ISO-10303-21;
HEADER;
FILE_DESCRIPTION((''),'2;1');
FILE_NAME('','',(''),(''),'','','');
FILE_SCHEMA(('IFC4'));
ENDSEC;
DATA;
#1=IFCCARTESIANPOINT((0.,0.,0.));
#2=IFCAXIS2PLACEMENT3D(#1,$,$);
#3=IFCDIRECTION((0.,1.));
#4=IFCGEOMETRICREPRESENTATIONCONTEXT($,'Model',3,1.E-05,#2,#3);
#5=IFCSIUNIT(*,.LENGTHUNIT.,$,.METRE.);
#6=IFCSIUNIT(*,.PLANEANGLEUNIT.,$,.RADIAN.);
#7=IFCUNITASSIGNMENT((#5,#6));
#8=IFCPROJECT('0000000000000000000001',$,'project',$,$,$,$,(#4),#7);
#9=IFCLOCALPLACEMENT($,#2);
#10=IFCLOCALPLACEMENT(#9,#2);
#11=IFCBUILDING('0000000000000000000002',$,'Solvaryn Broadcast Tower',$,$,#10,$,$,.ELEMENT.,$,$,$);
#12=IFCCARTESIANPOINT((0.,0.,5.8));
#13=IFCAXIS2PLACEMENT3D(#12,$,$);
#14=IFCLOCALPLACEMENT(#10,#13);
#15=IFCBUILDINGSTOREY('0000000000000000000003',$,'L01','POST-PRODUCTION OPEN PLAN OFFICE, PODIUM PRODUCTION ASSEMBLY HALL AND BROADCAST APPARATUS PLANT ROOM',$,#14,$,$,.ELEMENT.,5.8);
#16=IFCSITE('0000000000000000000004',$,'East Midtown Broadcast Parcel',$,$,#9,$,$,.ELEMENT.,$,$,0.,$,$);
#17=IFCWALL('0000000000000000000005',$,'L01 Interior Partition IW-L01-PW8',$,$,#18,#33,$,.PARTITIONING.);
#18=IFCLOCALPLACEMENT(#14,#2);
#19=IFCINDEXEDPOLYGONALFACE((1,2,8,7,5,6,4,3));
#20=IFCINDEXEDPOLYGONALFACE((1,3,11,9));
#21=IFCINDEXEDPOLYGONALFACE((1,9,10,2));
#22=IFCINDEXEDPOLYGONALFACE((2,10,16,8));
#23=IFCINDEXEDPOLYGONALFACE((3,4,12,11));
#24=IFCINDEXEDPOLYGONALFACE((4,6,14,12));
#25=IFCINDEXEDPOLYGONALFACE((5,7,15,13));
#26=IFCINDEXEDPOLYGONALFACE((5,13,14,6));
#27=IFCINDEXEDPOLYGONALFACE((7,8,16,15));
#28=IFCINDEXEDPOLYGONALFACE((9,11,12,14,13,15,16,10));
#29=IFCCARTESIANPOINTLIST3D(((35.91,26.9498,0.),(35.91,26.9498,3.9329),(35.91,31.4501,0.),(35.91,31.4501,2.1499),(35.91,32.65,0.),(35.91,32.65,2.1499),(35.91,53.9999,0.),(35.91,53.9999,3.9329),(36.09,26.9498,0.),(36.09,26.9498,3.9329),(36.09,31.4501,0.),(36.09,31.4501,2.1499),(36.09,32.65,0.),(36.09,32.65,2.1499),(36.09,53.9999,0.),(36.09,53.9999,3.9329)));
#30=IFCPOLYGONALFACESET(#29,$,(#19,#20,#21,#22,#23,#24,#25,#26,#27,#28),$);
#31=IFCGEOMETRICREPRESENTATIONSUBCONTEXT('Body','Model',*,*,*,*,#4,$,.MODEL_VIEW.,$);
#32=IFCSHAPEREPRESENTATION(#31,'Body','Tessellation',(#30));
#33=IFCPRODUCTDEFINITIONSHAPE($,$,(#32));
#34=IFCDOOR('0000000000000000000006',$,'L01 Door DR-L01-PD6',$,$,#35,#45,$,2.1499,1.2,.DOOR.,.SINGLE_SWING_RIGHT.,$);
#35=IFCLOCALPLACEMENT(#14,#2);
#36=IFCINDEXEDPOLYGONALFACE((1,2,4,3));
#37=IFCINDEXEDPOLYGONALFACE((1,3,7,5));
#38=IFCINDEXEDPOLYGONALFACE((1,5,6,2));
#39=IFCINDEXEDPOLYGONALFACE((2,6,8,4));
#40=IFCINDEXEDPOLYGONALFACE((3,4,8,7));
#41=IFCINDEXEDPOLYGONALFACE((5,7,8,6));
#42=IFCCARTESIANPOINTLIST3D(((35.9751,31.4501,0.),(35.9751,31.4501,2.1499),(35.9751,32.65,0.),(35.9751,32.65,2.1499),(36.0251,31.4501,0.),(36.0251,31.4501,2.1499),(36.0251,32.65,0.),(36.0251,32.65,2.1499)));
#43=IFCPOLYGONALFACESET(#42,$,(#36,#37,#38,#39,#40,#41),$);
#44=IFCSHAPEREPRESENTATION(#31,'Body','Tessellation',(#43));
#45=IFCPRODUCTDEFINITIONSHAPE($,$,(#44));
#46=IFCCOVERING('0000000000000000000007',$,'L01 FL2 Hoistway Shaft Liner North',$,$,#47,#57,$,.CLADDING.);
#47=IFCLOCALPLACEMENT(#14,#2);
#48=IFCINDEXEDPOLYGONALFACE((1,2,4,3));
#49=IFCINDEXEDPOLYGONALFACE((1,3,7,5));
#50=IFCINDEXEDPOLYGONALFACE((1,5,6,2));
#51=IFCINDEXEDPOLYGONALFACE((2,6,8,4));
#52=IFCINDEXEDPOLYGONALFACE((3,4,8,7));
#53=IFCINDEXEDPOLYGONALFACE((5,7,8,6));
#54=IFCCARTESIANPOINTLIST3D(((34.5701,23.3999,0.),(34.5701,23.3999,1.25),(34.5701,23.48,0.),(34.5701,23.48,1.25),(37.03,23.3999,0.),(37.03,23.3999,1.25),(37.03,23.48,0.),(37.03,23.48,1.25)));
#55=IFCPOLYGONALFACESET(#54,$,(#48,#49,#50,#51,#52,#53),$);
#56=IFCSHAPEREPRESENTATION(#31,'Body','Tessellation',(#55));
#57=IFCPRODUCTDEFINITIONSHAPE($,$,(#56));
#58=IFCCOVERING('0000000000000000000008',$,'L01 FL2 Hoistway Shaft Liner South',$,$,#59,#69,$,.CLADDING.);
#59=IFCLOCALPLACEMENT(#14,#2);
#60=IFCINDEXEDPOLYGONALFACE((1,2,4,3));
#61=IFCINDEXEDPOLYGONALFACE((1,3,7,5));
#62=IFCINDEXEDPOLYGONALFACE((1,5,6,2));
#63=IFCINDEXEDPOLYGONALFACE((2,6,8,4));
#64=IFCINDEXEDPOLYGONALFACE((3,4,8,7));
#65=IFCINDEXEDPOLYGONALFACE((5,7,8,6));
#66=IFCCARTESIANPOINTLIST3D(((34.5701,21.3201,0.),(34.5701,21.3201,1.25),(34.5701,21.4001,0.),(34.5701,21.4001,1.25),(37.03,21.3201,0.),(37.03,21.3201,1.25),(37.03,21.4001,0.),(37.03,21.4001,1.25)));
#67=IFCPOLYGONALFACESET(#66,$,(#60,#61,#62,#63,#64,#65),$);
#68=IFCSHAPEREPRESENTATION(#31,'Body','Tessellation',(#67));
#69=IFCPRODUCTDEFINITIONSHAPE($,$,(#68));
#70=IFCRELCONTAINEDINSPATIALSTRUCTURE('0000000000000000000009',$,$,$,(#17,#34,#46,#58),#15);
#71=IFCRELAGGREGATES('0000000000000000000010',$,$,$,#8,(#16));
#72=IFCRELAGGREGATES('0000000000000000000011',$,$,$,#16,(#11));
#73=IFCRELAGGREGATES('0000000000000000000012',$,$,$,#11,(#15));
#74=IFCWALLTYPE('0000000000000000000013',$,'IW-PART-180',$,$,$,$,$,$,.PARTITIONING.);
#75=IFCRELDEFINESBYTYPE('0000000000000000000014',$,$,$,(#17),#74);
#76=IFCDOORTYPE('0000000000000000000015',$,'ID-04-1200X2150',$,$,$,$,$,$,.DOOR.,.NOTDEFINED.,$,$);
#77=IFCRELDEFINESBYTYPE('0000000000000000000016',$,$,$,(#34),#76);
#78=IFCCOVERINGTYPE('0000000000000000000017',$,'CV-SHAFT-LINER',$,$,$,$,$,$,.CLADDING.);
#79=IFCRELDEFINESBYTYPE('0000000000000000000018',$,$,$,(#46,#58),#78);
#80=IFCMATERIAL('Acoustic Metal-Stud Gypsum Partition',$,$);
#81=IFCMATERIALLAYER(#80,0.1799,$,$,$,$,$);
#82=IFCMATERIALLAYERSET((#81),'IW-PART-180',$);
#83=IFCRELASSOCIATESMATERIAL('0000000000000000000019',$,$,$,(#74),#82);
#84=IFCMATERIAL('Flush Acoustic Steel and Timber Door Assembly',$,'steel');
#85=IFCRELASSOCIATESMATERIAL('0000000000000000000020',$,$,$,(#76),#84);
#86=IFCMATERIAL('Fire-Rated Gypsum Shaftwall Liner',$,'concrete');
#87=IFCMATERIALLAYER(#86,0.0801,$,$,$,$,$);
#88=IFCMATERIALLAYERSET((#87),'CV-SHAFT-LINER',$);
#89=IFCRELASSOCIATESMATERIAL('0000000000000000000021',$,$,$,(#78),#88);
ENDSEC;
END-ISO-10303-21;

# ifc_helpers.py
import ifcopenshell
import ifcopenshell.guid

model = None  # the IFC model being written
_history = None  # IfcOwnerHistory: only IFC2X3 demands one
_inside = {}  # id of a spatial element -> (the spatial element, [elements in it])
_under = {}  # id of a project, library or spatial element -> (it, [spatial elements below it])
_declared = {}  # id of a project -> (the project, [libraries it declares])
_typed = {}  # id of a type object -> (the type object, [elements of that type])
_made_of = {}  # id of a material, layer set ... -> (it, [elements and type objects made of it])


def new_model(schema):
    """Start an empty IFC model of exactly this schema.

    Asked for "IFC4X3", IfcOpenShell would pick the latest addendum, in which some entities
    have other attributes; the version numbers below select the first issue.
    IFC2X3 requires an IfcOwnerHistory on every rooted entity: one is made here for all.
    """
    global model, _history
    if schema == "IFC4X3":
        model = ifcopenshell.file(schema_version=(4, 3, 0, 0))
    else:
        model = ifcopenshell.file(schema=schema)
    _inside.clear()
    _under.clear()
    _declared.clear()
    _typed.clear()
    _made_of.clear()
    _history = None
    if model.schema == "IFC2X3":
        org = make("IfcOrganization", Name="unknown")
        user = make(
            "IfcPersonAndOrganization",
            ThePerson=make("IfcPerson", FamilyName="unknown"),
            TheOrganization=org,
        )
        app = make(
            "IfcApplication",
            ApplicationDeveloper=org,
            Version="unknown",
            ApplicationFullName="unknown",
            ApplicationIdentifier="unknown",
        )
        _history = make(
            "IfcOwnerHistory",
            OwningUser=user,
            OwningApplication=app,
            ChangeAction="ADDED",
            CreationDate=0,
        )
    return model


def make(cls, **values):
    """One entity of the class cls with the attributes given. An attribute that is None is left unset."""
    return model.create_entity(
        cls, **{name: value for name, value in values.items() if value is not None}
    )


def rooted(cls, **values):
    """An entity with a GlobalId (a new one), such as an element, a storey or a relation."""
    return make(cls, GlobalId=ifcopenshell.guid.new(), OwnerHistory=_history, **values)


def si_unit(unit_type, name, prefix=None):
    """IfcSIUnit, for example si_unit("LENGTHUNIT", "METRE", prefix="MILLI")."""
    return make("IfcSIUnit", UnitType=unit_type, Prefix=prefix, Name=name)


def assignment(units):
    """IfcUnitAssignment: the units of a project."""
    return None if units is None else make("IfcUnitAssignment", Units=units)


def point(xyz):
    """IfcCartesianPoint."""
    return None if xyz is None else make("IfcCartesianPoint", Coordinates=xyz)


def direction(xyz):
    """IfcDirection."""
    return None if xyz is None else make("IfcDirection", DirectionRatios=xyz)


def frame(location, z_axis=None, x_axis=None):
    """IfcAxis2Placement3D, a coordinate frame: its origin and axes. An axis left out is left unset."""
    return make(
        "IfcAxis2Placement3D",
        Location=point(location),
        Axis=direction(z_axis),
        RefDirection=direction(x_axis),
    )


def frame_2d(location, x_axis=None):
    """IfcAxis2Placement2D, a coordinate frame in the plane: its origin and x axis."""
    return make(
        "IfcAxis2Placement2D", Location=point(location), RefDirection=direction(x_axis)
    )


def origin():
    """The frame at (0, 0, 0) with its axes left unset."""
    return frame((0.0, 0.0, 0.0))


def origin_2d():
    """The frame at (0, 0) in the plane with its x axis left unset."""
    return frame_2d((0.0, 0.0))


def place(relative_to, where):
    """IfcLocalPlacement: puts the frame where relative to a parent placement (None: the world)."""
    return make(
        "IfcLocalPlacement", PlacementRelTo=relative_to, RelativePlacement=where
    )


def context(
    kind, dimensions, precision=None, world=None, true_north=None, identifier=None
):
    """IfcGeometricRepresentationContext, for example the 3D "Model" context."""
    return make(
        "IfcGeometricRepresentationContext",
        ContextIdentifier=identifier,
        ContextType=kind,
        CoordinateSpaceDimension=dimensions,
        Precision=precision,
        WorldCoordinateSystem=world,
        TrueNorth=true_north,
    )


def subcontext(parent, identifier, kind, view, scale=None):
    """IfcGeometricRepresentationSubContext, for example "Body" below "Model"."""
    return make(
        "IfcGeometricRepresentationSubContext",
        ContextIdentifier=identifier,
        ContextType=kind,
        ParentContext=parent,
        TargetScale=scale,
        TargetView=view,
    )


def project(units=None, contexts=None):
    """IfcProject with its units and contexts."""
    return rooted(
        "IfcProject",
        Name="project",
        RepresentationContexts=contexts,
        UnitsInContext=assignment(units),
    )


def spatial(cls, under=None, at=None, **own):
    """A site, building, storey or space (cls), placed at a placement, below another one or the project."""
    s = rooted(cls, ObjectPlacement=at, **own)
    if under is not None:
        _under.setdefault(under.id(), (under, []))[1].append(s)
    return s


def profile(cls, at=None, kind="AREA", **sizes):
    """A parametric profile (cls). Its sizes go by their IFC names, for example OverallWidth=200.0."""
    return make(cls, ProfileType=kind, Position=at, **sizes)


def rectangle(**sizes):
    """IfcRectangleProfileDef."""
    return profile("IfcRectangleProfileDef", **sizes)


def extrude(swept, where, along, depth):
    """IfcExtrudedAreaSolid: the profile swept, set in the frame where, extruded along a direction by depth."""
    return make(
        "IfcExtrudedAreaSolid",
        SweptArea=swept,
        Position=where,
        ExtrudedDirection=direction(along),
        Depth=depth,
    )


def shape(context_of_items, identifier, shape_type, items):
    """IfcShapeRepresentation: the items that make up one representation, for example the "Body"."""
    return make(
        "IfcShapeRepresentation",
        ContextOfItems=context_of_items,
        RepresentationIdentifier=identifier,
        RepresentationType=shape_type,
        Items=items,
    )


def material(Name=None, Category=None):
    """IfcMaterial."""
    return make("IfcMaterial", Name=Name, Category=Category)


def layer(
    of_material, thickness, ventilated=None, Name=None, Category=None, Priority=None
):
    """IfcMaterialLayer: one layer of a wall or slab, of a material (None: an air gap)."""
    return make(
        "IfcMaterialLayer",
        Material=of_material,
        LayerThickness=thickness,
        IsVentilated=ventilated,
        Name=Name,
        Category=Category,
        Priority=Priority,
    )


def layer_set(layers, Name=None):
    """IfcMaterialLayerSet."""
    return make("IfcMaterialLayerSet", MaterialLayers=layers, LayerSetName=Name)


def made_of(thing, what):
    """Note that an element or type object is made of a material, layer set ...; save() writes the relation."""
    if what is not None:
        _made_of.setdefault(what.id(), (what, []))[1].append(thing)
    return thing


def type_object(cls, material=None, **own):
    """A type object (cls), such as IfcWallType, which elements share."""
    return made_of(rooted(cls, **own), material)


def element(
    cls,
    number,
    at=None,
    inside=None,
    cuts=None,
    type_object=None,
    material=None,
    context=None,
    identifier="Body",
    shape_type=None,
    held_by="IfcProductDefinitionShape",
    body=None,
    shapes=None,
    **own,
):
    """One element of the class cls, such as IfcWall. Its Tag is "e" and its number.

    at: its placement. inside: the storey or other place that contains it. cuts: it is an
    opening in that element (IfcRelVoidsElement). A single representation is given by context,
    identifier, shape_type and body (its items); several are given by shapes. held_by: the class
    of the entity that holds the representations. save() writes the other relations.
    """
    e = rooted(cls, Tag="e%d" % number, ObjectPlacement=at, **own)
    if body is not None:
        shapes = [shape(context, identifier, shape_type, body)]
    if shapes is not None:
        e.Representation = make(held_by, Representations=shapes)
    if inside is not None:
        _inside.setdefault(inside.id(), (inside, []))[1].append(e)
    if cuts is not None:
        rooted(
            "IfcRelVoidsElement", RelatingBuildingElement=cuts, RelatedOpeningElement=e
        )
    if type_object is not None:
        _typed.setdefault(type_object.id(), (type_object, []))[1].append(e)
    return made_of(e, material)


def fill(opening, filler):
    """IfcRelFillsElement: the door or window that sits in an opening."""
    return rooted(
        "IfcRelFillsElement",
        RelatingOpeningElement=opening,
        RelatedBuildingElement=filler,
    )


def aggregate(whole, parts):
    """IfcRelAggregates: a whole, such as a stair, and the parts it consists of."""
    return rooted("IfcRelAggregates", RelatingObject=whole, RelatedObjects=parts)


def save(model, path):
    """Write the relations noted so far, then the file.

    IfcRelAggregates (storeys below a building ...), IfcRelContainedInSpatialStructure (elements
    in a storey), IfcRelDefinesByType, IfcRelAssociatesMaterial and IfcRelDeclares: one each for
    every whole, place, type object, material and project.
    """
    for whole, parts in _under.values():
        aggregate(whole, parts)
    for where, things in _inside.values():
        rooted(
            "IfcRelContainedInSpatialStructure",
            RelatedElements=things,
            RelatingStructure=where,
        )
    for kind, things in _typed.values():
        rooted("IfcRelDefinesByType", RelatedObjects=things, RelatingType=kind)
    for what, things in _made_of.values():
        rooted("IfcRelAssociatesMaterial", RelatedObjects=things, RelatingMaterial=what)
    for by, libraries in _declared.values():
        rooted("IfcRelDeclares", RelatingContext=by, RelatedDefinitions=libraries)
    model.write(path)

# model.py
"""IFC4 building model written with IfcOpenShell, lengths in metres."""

from ifc_helpers import new_model, si_unit, direction, frame, frame_2d, origin, origin_2d, place, context, subcontext, project, spatial, rectangle, extrude, material, layer, layer_set, type_object, element, fill, save


model = new_model("IFC4")

# Units and contexts
model_context = context("Model", 3, precision=1e-05, world=origin(), true_north=direction((0.0, 1.0)))
body_context = subcontext(model_context, "Body", "Model", "MODEL_VIEW")
ifc_project = project(units=[si_unit("LENGTHUNIT", "METRE"), si_unit("PLANEANGLEUNIT", "RADIAN")], contexts=[model_context])

# Site, building, storey
site_placement = place(None, origin())
site = spatial("IfcSite", under=ifc_project, at=site_placement, Name="East Midtown Broadcast Parcel", CompositionType="ELEMENT", RefElevation=0.0)
building_placement = place(site_placement, origin())
building = spatial("IfcBuilding", under=site, at=building_placement, Name="Solvaryn Broadcast Tower", CompositionType="ELEMENT")
storey_placement = place(building_placement, frame((0.0, 0.0, 5.8)))
storey = spatial("IfcBuildingStorey", under=building, at=storey_placement, Name="L01", Description="POST-PRODUCTION OPEN PLAN OFFICE, PODIUM PRODUCTION ASSEMBLY HALL AND BROADCAST APPARATUS PLANT ROOM", CompositionType="ELEMENT", Elevation=5.8)

# Shared definitions
ifc_material_1 = material(Name="Acoustic Metal-Stud Gypsum Partition")
ifc_layer_1 = layer(ifc_material_1, 0.1799)
ifc_layer_set_1 = layer_set([ifc_layer_1], Name="IW-PART-180")
wall_type_1 = type_object("IfcWallType", Name="IW-PART-180", PredefinedType="PARTITIONING", material=ifc_layer_set_1)

# Wall, opening, door
wall_1_placement = place(storey_placement, frame((36.0, 26.95, 0.0), z_axis=(0.0, 0.0, 1.0), x_axis=(0.0, 1.0, 0.0)))
wall_1 = element("IfcWall", 1, at=wall_1_placement, inside=storey, type_object=wall_type_1, Name="L01 Interior Partition IW-L01-PW8", PredefinedType="PARTITIONING", context=body_context, shape_type="SweptSolid", body=[
    extrude(rectangle(XDim=27.05, YDim=0.1799, at=frame_2d((13.5249, 0.0))), origin(), (0.0, 0.0, 1.0), 3.9329),
])
opening_1_placement = place(wall_1_placement, frame((4.5, 0.0, 0.0)))
opening_1 = element("IfcOpeningElement", 2, at=opening_1_placement, cuts=wall_1, PredefinedType="OPENING", context=body_context, shape_type="SweptSolid", body=[
    extrude(rectangle(XDim=1.2, YDim=2.1499, at=frame_2d((0.6001, 1.075))), frame((0.0, 0.0999, 0.0), z_axis=(0.0, -1.0, 0.0), x_axis=(1.0, 0.0, 0.0)), (0.0, 0.0, 1.0), 0.2),
])
ifc_material_2 = material(Name="Flush Acoustic Steel and Timber Door Assembly", Category="steel")
door_type_1 = type_object("IfcDoorType", Name="ID-04-1200X2150", OperationType="NOTDEFINED", PredefinedType="DOOR", material=ifc_material_2)
door_1_placement = place(opening_1_placement, origin())
door_1 = element("IfcDoor", 3, at=door_1_placement, inside=storey, type_object=door_type_1, Name="L01 Door DR-L01-PD6", OperationType="SINGLE_SWING_RIGHT", OverallHeight=2.1499, OverallWidth=1.2, PredefinedType="DOOR", context=body_context, shape_type="SweptSolid", body=[
    extrude(rectangle(XDim=1.2, YDim=2.1499, at=frame_2d((0.6001, 1.075))), frame((0.0, 0.0249, 0.0), z_axis=(0.0, -1.0, 0.0), x_axis=(1.0, 0.0, 0.0)), (0.0, 0.0, 1.0), 0.05),
])
fill(opening_1, door_1)

# Coverings
ifc_material_3 = material(Name="Fire-Rated Gypsum Shaftwall Liner", Category="concrete")
ifc_layer_2 = layer(ifc_material_3, 0.0801)
ifc_layer_set_2 = layer_set([ifc_layer_2], Name="CV-SHAFT-LINER")
covering_type = type_object("IfcCoveringType", Name="CV-SHAFT-LINER", PredefinedType="CLADDING", material=ifc_layer_set_2)
for number, where, z_axis, x_axis, name in (
    (4, (35.8, 23.4399, 0.0), (0.0, 0.0, 1.0), (1.0, 0.0, 0.0), "L01 FL2 Hoistway Shaft Liner North"),
    (5, (35.8, 21.3601, 0.0), (0.0, 0.0, 1.0), (1.0, 0.0, 0.0), "L01 FL2 Hoistway Shaft Liner South"),
):
    element("IfcCovering", number, at=place(storey_placement, frame(where, z_axis=z_axis, x_axis=x_axis)), inside=storey, type_object=covering_type, Name=name, PredefinedType="CLADDING", context=body_context, shape_type="SweptSolid", body=[
        extrude(rectangle(XDim=2.46, YDim=0.0801, at=origin_2d()), origin(), (0.0, 0.0, 1.0), 1.25),
    ])

save(model, "model.ifc")
